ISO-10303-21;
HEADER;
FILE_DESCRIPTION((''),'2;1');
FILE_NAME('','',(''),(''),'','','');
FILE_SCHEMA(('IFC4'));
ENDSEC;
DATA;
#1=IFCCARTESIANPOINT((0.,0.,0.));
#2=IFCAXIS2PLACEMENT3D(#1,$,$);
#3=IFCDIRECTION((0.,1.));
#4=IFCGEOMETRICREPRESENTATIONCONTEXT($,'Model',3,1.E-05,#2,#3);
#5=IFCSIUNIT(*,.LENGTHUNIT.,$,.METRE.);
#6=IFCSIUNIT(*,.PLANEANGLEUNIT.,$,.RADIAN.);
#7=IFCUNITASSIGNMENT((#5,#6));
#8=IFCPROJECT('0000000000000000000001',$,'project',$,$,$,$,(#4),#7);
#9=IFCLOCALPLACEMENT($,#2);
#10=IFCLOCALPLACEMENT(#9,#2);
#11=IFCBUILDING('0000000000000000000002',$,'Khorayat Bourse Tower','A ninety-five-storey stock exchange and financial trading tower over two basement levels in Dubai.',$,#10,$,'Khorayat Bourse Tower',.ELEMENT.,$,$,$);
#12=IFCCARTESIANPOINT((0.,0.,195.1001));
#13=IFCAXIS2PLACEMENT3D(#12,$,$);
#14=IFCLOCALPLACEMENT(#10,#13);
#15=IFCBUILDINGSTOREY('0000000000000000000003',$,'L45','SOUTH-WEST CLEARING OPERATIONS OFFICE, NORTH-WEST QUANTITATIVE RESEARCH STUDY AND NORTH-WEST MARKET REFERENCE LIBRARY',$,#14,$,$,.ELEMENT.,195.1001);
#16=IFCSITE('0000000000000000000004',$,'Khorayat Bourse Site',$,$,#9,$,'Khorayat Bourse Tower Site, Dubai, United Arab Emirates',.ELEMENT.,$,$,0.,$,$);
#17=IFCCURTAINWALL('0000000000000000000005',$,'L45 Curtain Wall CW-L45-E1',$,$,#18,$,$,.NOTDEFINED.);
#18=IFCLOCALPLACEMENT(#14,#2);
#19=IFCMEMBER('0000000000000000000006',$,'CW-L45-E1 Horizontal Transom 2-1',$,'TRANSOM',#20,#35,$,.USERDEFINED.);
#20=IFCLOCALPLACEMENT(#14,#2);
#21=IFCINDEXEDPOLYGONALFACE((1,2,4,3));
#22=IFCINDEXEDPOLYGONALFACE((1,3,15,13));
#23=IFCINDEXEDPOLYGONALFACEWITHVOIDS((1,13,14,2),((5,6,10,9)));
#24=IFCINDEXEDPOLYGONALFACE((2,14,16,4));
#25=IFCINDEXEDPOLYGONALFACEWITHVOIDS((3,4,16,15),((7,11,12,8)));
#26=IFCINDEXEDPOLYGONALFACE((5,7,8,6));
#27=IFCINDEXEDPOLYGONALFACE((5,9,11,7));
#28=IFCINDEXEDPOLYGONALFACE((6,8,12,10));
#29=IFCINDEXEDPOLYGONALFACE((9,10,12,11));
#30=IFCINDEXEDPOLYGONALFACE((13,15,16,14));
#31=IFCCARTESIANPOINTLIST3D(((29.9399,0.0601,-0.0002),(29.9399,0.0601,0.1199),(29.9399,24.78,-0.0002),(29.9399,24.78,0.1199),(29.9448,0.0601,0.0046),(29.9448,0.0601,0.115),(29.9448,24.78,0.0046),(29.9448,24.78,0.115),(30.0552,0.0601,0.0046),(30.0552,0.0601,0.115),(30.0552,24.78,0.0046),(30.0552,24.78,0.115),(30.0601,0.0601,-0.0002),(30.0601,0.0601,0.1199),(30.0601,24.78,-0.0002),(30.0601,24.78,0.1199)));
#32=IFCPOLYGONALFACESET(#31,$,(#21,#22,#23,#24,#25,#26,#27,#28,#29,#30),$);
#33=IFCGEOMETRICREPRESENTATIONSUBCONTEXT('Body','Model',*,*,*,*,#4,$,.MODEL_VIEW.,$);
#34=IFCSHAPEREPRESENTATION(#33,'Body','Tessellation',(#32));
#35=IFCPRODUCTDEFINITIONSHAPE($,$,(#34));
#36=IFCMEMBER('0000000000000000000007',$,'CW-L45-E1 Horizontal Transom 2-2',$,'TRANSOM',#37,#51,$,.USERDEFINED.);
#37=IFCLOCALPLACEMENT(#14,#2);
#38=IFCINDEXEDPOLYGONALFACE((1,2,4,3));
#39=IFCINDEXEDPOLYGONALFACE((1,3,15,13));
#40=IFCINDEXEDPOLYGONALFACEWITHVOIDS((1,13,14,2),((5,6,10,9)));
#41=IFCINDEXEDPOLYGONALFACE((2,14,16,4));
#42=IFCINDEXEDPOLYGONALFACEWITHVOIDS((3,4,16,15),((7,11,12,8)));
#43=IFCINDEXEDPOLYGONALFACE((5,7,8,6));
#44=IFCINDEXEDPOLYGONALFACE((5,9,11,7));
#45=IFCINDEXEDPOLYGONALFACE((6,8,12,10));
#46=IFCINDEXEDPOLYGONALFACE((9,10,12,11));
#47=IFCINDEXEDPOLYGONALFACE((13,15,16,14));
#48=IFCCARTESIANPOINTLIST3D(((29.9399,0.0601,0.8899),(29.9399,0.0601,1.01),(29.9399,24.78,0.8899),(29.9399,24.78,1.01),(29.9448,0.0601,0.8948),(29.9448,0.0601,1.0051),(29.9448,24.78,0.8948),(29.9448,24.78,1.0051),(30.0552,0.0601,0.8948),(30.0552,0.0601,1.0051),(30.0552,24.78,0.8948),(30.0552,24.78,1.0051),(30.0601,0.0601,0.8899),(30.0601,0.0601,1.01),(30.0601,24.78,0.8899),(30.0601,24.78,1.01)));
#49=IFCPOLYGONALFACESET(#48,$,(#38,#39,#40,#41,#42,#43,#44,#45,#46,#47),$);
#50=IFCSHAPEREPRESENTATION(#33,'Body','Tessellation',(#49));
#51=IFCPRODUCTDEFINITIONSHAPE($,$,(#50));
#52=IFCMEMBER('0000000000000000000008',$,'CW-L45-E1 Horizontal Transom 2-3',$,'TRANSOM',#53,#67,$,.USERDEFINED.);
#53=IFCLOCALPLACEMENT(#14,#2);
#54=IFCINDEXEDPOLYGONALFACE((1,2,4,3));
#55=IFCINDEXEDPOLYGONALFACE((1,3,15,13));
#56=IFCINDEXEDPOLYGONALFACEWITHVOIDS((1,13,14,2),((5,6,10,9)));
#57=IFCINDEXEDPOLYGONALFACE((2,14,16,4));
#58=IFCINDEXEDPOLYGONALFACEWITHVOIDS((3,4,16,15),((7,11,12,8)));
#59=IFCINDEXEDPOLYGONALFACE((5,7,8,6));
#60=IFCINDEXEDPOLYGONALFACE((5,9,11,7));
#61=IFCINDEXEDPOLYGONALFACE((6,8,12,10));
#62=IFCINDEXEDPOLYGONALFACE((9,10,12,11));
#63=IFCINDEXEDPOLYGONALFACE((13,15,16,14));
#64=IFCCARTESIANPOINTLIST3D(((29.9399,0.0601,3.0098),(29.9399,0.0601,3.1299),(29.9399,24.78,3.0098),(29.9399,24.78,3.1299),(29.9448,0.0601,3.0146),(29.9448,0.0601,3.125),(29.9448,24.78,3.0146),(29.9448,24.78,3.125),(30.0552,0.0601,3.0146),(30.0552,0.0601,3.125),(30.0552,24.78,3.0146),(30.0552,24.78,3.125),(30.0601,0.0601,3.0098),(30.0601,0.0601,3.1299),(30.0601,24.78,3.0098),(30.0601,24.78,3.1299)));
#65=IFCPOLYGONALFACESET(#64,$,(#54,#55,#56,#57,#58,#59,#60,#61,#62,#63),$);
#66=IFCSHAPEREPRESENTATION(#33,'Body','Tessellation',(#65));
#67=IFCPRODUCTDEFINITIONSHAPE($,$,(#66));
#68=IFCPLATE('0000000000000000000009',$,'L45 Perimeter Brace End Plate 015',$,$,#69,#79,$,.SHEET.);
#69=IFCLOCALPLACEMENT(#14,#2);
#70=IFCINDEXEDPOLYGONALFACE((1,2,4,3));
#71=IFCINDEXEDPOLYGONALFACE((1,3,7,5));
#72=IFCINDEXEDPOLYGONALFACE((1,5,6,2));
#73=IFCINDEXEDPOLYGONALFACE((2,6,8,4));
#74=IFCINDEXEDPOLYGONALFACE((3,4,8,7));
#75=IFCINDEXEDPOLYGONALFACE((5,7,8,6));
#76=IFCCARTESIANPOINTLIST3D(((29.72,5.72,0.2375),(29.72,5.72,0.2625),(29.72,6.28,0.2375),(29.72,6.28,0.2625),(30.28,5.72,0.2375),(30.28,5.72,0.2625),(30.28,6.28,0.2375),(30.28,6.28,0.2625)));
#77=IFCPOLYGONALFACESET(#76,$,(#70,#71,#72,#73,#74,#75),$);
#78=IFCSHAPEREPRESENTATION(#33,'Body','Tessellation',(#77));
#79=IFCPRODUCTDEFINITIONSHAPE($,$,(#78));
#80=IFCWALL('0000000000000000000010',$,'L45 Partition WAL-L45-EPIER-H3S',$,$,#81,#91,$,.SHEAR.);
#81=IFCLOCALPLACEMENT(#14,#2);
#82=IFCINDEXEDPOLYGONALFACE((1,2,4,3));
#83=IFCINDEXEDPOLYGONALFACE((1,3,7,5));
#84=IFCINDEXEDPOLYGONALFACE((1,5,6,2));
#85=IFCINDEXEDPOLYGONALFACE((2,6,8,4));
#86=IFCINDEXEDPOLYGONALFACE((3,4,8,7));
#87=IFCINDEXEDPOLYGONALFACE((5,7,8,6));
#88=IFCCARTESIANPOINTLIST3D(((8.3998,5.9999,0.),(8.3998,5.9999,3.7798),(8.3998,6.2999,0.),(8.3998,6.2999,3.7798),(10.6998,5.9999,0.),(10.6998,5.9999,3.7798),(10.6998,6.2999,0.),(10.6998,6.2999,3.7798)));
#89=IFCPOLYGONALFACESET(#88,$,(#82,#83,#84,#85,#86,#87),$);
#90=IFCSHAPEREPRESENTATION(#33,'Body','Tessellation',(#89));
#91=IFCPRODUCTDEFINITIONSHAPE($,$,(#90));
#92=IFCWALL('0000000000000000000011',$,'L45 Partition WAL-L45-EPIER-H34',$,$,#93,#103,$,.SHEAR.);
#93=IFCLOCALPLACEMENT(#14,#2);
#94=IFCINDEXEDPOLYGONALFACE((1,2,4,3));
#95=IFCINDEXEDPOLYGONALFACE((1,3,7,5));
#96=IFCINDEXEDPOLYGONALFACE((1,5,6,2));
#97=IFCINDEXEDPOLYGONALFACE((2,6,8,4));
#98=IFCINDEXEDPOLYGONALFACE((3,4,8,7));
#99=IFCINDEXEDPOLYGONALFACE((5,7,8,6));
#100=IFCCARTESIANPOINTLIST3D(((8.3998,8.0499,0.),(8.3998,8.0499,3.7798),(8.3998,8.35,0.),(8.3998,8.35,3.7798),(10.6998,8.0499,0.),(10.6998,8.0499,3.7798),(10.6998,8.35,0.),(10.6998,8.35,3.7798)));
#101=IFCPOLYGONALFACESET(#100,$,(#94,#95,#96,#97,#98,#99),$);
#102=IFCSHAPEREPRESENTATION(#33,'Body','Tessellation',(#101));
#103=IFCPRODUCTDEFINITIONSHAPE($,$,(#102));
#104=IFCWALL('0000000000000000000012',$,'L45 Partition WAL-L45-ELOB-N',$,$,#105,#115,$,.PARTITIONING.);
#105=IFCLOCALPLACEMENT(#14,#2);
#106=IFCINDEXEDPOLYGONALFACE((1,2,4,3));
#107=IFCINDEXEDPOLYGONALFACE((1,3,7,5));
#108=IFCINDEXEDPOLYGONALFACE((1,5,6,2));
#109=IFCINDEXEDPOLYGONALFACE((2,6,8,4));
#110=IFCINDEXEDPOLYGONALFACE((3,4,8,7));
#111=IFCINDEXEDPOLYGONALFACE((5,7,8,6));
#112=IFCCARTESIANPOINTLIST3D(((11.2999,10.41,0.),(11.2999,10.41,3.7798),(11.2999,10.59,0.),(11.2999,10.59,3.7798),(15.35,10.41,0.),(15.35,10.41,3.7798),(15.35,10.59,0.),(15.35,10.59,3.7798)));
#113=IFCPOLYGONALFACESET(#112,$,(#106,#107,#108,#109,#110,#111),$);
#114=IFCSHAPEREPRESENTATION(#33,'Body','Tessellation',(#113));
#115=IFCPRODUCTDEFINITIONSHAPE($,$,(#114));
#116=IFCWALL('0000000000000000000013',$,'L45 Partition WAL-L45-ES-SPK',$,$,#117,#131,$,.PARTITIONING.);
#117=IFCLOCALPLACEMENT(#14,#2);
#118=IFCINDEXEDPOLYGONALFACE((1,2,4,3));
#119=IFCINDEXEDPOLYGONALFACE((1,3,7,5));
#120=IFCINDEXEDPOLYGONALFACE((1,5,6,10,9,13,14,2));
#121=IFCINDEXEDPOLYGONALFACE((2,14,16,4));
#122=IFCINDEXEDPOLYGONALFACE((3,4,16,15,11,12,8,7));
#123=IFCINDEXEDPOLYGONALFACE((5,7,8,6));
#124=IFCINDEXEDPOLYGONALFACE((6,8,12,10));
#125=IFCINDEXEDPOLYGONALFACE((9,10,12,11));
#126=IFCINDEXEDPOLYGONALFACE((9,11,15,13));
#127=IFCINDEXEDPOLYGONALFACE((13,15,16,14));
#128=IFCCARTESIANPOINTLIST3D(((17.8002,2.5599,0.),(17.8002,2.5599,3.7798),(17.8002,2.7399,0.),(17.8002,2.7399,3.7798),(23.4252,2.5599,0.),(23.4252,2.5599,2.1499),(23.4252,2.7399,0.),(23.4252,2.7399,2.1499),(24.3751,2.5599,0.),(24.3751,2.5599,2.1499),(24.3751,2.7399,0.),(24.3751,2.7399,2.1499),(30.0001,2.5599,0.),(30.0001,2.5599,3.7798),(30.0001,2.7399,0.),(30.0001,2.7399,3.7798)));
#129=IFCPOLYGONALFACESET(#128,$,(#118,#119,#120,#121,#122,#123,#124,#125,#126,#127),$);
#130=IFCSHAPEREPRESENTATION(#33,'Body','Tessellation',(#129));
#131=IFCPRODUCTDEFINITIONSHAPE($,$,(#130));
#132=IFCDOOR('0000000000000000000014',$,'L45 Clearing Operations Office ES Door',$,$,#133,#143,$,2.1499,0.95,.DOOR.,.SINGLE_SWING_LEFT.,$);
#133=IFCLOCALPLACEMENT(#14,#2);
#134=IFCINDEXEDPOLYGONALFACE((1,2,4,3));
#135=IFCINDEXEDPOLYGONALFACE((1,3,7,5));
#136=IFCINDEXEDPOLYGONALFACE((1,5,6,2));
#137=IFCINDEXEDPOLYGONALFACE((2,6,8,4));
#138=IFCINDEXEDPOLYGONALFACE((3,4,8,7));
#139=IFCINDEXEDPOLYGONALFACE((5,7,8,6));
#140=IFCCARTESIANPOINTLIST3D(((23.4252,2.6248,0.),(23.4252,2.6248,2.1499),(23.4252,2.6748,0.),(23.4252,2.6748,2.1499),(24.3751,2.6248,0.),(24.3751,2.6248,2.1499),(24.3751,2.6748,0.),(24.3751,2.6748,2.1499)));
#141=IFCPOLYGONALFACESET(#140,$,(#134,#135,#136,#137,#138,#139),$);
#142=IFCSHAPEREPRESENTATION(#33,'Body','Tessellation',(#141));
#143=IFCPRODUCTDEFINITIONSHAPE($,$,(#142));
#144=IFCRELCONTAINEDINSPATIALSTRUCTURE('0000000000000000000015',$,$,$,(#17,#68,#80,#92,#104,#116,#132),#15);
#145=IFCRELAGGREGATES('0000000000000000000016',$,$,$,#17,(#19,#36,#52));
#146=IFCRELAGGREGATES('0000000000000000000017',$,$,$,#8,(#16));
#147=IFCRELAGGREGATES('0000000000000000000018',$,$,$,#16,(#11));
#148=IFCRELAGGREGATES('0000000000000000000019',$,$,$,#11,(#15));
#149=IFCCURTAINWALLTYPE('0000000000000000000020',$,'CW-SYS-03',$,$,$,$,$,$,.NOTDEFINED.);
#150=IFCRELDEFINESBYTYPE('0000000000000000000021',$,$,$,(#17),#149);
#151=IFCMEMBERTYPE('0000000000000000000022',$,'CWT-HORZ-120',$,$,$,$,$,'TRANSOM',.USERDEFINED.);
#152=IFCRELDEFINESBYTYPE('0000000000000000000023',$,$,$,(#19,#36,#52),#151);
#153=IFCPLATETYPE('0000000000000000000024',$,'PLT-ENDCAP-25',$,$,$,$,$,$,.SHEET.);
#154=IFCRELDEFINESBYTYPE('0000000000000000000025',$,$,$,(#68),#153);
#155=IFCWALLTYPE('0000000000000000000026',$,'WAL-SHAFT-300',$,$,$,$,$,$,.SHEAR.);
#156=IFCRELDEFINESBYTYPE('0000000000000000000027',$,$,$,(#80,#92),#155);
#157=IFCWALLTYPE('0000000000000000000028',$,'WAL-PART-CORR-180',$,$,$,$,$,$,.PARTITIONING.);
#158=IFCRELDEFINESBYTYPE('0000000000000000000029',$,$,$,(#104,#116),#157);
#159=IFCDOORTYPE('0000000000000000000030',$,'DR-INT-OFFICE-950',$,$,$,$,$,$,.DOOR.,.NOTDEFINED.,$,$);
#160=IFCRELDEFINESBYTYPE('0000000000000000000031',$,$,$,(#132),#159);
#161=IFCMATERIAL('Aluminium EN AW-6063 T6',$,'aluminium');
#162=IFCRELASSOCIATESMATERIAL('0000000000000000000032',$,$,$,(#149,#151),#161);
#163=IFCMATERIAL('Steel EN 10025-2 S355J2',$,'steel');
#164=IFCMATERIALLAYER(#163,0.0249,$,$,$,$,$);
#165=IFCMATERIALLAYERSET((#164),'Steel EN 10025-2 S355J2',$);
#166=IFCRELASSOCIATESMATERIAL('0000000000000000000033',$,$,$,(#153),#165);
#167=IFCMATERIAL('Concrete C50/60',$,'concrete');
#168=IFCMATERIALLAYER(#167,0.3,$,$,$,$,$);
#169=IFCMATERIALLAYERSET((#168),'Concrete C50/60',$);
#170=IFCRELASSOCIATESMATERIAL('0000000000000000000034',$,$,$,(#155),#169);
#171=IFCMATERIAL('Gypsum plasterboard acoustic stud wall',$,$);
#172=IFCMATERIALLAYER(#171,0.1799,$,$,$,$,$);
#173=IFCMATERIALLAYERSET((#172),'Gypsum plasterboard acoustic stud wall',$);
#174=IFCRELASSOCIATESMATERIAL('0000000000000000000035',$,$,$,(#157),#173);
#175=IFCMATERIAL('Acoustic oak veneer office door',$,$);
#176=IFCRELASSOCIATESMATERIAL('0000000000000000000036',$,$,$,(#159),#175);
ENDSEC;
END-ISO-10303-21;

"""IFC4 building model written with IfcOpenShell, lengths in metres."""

from ifc_helpers import new_model, si_unit, direction, frame, frame_2d, origin, origin_2d, place, context, subcontext, project, spatial, rectangle, hollow_rectangle, extrude, source, transform, mapped, material, layer, layer_set, material_profile, profile_set, type_object, element, fill, aggregate, save


model = new_model("IFC4")

# Units and contexts
model_context = context("Model", 3, precision=1e-05, world=origin(), true_north=direction((0.0, 1.0)))
body_context = subcontext(model_context, "Body", "Model", "MODEL_VIEW")
ifc_project = project(units=[si_unit("LENGTHUNIT", "METRE"), si_unit("PLANEANGLEUNIT", "RADIAN")], contexts=[model_context])

# Site, building, storey
site_placement = place(None, origin())
site = spatial("IfcSite", under=ifc_project, at=site_placement, Name="Khorayat Bourse Site", LongName="Khorayat Bourse Tower Site, Dubai, United Arab Emirates", CompositionType="ELEMENT", RefElevation=0.0)
building_placement = place(site_placement, origin())
building = spatial("IfcBuilding", under=site, at=building_placement, Name="Khorayat Bourse Tower", Description="A ninety-five-storey stock exchange and financial trading tower over two basement levels in Dubai.", LongName="Khorayat Bourse Tower", CompositionType="ELEMENT")
storey_placement = place(building_placement, frame((0.0, 0.0, 195.1001)))
storey = spatial("IfcBuildingStorey", under=building, at=storey_placement, Name="L45", Description="SOUTH-WEST CLEARING OPERATIONS OFFICE, NORTH-WEST QUANTITATIVE RESEARCH STUDY AND NORTH-WEST MARKET REFERENCE LIBRARY", CompositionType="ELEMENT", Elevation=195.1001)

# Curtain wall, members
ifc_material_1 = material(Name="Aluminium EN AW-6063 T6", Category="aluminium")
curtain_wall_type = type_object("IfcCurtainWallType", Name="CW-SYS-03", PredefinedType="NOTDEFINED", material=ifc_material_1)
curtain_wall_placement = place(storey_placement, origin())
curtain_wall = element("IfcCurtainWall", 1, at=curtain_wall_placement, inside=storey, type_object=curtain_wall_type, Name="L45 Curtain Wall CW-L45-E1", PredefinedType="NOTDEFINED")
ifc_material_profile_1 = material_profile(ifc_material_1, hollow_rectangle(XDim=0.1201, YDim=0.1201, WallThickness=0.0049, at=origin_2d()), Name="ALU 120x120x5")
ifc_profile_set_1 = profile_set([ifc_material_profile_1], Name="Aluminium EN AW-6063 T6")
member_type_1 = type_object("IfcMemberType", Name="CWT-HORZ-120", ElementType="TRANSOM", PredefinedType="USERDEFINED", material=ifc_profile_set_1)
shared_shape_1 = source(origin(), body_context, "Body", "SweptSolid", [
    extrude(hollow_rectangle(XDim=0.1201, YDim=0.1201, WallThickness=0.0049, at=origin_2d()), origin(), (0.0, 0.0, 1.0), 24.72),
])
member_1_placement = place(storey_placement, frame((30.0, 0.0601, 0.0598), z_axis=(0.0, 1.0, 0.0), x_axis=(-1.0, 0.0, 0.0)))
member_1 = element("IfcMember", 2, at=member_1_placement, type_object=member_type_1, Name="CW-L45-E1 Horizontal Transom 2-1", ObjectType="TRANSOM", PredefinedType="USERDEFINED", context=body_context, shape_type="MappedRepresentation", body=[
    mapped(shared_shape_1, transform((0.0, 0.0, 0.0), scale=1.0)),
])
member_2_placement = place(storey_placement, frame((30.0, 0.0601, 0.95), z_axis=(0.0, 1.0, 0.0), x_axis=(-1.0, 0.0, 0.0)))
member_2 = element("IfcMember", 3, at=member_2_placement, type_object=member_type_1, Name="CW-L45-E1 Horizontal Transom 2-2", ObjectType="TRANSOM", PredefinedType="USERDEFINED", context=body_context, shape_type="MappedRepresentation", body=[
    mapped(shared_shape_1, transform((0.0, 0.0, 0.0), scale=1.0)),
])
member_3_placement = place(storey_placement, frame((30.0, 0.0601, 3.0698), z_axis=(0.0, 1.0, 0.0), x_axis=(-1.0, 0.0, 0.0)))
member_3 = element("IfcMember", 4, at=member_3_placement, type_object=member_type_1, Name="CW-L45-E1 Horizontal Transom 2-3", ObjectType="TRANSOM", PredefinedType="USERDEFINED", context=body_context, shape_type="MappedRepresentation", body=[
    mapped(shared_shape_1, transform((0.0, 0.0, 0.0), scale=1.0)),
])
aggregate(curtain_wall, [member_1, member_2, member_3])

# Plate
ifc_material_2 = material(Name="Steel EN 10025-2 S355J2", Category="steel")
ifc_layer_1 = layer(ifc_material_2, 0.0249)
ifc_layer_set_1 = layer_set([ifc_layer_1], Name="Steel EN 10025-2 S355J2")
plate_type = type_object("IfcPlateType", Name="PLT-ENDCAP-25", PredefinedType="SHEET", material=ifc_layer_set_1)
shared_shape_2 = source(origin(), body_context, "Body", "SweptSolid", [
    extrude(rectangle(XDim=0.5601, YDim=0.5601, at=origin_2d()), origin(), (0.0, 0.0, 1.0), 0.0249),
])
plate_placement = place(storey_placement, frame((30.0, 6.0, 0.2375), z_axis=(0.0, 0.0, 1.0), x_axis=(1.0, 0.0, 0.0)))
element("IfcPlate", 5, at=plate_placement, inside=storey, type_object=plate_type, Name="L45 Perimeter Brace End Plate 015", PredefinedType="SHEET", context=body_context, shape_type="MappedRepresentation", body=[
    mapped(shared_shape_2, transform((0.0, 0.0, 0.0), scale=1.0)),
])

# Walls
ifc_material_3 = material(Name="Concrete C50/60", Category="concrete")
ifc_layer_2 = layer(ifc_material_3, 0.3)
ifc_layer_set_2 = layer_set([ifc_layer_2], Name="Concrete C50/60")
wall_type_1 = type_object("IfcWallType", Name="WAL-SHAFT-300", PredefinedType="SHEAR", material=ifc_layer_set_2)
shared_shape_3 = source(origin(), body_context, "Body", "SweptSolid", [
    extrude(rectangle(XDim=2.3, YDim=0.3, at=frame_2d((1.1499, 0.0))), origin(), (0.0, 0.0, 1.0), 3.7798),
])
for number, where, z_axis, x_axis, name in (
    (6, (8.3999, 6.1499, 0.0), (0.0, 0.0, 1.0), (1.0, 0.0, 0.0), "L45 Partition WAL-L45-EPIER-H3S"),
    (7, (8.3999, 8.2, 0.0), (0.0, 0.0, 1.0), (1.0, 0.0, 0.0), "L45 Partition WAL-L45-EPIER-H34"),
):
    element("IfcWall", number, at=place(storey_placement, frame(where, z_axis=z_axis, x_axis=x_axis)), inside=storey, type_object=wall_type_1, Name=name, PredefinedType="SHEAR", context=body_context, shape_type="MappedRepresentation", body=[
        mapped(shared_shape_3, transform((0.0, 0.0, 0.0), scale=1.0)),
    ])
ifc_material_4 = material(Name="Gypsum plasterboard acoustic stud wall")
ifc_layer_3 = layer(ifc_material_4, 0.1799)
ifc_layer_set_3 = layer_set([ifc_layer_3], Name="Gypsum plasterboard acoustic stud wall")
wall_type_2 = type_object("IfcWallType", Name="WAL-PART-CORR-180", PredefinedType="PARTITIONING", material=ifc_layer_set_3)
shared_shape_4 = source(origin(), body_context, "Body", "SweptSolid", [
    extrude(rectangle(XDim=4.05, YDim=0.1799, at=frame_2d((2.0249, 0.0))), origin(), (0.0, 0.0, 1.0), 3.7798),
])
wall_1_placement = place(storey_placement, frame((11.3, 10.5, 0.0), z_axis=(0.0, 0.0, 1.0), x_axis=(1.0, 0.0, 0.0)))
element("IfcWall", 8, at=wall_1_placement, inside=storey, type_object=wall_type_2, Name="L45 Partition WAL-L45-ELOB-N", PredefinedType="PARTITIONING", context=body_context, shape_type="MappedRepresentation", body=[
    mapped(shared_shape_4, transform((0.0, 0.0, 0.0), scale=1.0)),
])

# Wall, opening, door
shared_shape_5 = source(origin(), body_context, "Body", "SweptSolid", [
    extrude(rectangle(XDim=12.2, YDim=0.1799, at=frame_2d((6.1001, 0.0))), origin(), (0.0, 0.0, 1.0), 3.7798),
])
wall_2_placement = place(storey_placement, frame((17.8, 2.6499, 0.0), z_axis=(0.0, 0.0, 1.0), x_axis=(1.0, 0.0, 0.0)))
wall_2 = element("IfcWall", 9, at=wall_2_placement, inside=storey, type_object=wall_type_2, Name="L45 Partition WAL-L45-ES-SPK", PredefinedType="PARTITIONING", context=body_context, shape_type="MappedRepresentation", body=[
    mapped(shared_shape_5, transform((0.0, 0.0, 0.0), scale=1.0)),
])
shared_shape_6 = source(origin(), body_context, "Body", "SweptSolid", [
    extrude(rectangle(XDim=0.95, YDim=2.1499, at=frame_2d((0.4751, 1.075))), frame((0.0, 0.0999, 0.0), z_axis=(0.0, -1.0, 0.0), x_axis=(1.0, 0.0, 0.0)), (0.0, 0.0, 1.0), 0.2),
])
opening_1_placement = place(wall_2_placement, frame((5.625, 0.0, 0.0)))
opening_1 = element("IfcOpeningElement", 10, at=opening_1_placement, cuts=wall_2, PredefinedType="OPENING", context=body_context, shape_type="MappedRepresentation", body=[
    mapped(shared_shape_6, transform((0.0, 0.0, 0.0), scale=1.0)),
])
ifc_material_5 = material(Name="Acoustic oak veneer office door")
door_type = type_object("IfcDoorType", Name="DR-INT-OFFICE-950", OperationType="NOTDEFINED", PredefinedType="DOOR", material=ifc_material_5)
shared_shape_7 = source(origin(), body_context, "Body", "SweptSolid", [
    extrude(rectangle(XDim=0.95, YDim=2.1499, at=frame_2d((0.4751, 1.075))), frame((0.0, 0.0249, 0.0), z_axis=(0.0, -1.0, 0.0), x_axis=(1.0, 0.0, 0.0)), (0.0, 0.0, 1.0), 0.05),
])
door_1_placement = place(opening_1_placement, origin())
door_1 = element("IfcDoor", 11, at=door_1_placement, inside=storey, type_object=door_type, Name="L45 Clearing Operations Office ES Door", OperationType="SINGLE_SWING_LEFT", OverallHeight=2.1499, OverallWidth=0.95, PredefinedType="DOOR", context=body_context, shape_type="MappedRepresentation", body=[
    mapped(shared_shape_7, transform((0.0, 0.0, 0.0), scale=1.0)),
])
fill(opening_1, door_1)

save(model, "model.ifc")
